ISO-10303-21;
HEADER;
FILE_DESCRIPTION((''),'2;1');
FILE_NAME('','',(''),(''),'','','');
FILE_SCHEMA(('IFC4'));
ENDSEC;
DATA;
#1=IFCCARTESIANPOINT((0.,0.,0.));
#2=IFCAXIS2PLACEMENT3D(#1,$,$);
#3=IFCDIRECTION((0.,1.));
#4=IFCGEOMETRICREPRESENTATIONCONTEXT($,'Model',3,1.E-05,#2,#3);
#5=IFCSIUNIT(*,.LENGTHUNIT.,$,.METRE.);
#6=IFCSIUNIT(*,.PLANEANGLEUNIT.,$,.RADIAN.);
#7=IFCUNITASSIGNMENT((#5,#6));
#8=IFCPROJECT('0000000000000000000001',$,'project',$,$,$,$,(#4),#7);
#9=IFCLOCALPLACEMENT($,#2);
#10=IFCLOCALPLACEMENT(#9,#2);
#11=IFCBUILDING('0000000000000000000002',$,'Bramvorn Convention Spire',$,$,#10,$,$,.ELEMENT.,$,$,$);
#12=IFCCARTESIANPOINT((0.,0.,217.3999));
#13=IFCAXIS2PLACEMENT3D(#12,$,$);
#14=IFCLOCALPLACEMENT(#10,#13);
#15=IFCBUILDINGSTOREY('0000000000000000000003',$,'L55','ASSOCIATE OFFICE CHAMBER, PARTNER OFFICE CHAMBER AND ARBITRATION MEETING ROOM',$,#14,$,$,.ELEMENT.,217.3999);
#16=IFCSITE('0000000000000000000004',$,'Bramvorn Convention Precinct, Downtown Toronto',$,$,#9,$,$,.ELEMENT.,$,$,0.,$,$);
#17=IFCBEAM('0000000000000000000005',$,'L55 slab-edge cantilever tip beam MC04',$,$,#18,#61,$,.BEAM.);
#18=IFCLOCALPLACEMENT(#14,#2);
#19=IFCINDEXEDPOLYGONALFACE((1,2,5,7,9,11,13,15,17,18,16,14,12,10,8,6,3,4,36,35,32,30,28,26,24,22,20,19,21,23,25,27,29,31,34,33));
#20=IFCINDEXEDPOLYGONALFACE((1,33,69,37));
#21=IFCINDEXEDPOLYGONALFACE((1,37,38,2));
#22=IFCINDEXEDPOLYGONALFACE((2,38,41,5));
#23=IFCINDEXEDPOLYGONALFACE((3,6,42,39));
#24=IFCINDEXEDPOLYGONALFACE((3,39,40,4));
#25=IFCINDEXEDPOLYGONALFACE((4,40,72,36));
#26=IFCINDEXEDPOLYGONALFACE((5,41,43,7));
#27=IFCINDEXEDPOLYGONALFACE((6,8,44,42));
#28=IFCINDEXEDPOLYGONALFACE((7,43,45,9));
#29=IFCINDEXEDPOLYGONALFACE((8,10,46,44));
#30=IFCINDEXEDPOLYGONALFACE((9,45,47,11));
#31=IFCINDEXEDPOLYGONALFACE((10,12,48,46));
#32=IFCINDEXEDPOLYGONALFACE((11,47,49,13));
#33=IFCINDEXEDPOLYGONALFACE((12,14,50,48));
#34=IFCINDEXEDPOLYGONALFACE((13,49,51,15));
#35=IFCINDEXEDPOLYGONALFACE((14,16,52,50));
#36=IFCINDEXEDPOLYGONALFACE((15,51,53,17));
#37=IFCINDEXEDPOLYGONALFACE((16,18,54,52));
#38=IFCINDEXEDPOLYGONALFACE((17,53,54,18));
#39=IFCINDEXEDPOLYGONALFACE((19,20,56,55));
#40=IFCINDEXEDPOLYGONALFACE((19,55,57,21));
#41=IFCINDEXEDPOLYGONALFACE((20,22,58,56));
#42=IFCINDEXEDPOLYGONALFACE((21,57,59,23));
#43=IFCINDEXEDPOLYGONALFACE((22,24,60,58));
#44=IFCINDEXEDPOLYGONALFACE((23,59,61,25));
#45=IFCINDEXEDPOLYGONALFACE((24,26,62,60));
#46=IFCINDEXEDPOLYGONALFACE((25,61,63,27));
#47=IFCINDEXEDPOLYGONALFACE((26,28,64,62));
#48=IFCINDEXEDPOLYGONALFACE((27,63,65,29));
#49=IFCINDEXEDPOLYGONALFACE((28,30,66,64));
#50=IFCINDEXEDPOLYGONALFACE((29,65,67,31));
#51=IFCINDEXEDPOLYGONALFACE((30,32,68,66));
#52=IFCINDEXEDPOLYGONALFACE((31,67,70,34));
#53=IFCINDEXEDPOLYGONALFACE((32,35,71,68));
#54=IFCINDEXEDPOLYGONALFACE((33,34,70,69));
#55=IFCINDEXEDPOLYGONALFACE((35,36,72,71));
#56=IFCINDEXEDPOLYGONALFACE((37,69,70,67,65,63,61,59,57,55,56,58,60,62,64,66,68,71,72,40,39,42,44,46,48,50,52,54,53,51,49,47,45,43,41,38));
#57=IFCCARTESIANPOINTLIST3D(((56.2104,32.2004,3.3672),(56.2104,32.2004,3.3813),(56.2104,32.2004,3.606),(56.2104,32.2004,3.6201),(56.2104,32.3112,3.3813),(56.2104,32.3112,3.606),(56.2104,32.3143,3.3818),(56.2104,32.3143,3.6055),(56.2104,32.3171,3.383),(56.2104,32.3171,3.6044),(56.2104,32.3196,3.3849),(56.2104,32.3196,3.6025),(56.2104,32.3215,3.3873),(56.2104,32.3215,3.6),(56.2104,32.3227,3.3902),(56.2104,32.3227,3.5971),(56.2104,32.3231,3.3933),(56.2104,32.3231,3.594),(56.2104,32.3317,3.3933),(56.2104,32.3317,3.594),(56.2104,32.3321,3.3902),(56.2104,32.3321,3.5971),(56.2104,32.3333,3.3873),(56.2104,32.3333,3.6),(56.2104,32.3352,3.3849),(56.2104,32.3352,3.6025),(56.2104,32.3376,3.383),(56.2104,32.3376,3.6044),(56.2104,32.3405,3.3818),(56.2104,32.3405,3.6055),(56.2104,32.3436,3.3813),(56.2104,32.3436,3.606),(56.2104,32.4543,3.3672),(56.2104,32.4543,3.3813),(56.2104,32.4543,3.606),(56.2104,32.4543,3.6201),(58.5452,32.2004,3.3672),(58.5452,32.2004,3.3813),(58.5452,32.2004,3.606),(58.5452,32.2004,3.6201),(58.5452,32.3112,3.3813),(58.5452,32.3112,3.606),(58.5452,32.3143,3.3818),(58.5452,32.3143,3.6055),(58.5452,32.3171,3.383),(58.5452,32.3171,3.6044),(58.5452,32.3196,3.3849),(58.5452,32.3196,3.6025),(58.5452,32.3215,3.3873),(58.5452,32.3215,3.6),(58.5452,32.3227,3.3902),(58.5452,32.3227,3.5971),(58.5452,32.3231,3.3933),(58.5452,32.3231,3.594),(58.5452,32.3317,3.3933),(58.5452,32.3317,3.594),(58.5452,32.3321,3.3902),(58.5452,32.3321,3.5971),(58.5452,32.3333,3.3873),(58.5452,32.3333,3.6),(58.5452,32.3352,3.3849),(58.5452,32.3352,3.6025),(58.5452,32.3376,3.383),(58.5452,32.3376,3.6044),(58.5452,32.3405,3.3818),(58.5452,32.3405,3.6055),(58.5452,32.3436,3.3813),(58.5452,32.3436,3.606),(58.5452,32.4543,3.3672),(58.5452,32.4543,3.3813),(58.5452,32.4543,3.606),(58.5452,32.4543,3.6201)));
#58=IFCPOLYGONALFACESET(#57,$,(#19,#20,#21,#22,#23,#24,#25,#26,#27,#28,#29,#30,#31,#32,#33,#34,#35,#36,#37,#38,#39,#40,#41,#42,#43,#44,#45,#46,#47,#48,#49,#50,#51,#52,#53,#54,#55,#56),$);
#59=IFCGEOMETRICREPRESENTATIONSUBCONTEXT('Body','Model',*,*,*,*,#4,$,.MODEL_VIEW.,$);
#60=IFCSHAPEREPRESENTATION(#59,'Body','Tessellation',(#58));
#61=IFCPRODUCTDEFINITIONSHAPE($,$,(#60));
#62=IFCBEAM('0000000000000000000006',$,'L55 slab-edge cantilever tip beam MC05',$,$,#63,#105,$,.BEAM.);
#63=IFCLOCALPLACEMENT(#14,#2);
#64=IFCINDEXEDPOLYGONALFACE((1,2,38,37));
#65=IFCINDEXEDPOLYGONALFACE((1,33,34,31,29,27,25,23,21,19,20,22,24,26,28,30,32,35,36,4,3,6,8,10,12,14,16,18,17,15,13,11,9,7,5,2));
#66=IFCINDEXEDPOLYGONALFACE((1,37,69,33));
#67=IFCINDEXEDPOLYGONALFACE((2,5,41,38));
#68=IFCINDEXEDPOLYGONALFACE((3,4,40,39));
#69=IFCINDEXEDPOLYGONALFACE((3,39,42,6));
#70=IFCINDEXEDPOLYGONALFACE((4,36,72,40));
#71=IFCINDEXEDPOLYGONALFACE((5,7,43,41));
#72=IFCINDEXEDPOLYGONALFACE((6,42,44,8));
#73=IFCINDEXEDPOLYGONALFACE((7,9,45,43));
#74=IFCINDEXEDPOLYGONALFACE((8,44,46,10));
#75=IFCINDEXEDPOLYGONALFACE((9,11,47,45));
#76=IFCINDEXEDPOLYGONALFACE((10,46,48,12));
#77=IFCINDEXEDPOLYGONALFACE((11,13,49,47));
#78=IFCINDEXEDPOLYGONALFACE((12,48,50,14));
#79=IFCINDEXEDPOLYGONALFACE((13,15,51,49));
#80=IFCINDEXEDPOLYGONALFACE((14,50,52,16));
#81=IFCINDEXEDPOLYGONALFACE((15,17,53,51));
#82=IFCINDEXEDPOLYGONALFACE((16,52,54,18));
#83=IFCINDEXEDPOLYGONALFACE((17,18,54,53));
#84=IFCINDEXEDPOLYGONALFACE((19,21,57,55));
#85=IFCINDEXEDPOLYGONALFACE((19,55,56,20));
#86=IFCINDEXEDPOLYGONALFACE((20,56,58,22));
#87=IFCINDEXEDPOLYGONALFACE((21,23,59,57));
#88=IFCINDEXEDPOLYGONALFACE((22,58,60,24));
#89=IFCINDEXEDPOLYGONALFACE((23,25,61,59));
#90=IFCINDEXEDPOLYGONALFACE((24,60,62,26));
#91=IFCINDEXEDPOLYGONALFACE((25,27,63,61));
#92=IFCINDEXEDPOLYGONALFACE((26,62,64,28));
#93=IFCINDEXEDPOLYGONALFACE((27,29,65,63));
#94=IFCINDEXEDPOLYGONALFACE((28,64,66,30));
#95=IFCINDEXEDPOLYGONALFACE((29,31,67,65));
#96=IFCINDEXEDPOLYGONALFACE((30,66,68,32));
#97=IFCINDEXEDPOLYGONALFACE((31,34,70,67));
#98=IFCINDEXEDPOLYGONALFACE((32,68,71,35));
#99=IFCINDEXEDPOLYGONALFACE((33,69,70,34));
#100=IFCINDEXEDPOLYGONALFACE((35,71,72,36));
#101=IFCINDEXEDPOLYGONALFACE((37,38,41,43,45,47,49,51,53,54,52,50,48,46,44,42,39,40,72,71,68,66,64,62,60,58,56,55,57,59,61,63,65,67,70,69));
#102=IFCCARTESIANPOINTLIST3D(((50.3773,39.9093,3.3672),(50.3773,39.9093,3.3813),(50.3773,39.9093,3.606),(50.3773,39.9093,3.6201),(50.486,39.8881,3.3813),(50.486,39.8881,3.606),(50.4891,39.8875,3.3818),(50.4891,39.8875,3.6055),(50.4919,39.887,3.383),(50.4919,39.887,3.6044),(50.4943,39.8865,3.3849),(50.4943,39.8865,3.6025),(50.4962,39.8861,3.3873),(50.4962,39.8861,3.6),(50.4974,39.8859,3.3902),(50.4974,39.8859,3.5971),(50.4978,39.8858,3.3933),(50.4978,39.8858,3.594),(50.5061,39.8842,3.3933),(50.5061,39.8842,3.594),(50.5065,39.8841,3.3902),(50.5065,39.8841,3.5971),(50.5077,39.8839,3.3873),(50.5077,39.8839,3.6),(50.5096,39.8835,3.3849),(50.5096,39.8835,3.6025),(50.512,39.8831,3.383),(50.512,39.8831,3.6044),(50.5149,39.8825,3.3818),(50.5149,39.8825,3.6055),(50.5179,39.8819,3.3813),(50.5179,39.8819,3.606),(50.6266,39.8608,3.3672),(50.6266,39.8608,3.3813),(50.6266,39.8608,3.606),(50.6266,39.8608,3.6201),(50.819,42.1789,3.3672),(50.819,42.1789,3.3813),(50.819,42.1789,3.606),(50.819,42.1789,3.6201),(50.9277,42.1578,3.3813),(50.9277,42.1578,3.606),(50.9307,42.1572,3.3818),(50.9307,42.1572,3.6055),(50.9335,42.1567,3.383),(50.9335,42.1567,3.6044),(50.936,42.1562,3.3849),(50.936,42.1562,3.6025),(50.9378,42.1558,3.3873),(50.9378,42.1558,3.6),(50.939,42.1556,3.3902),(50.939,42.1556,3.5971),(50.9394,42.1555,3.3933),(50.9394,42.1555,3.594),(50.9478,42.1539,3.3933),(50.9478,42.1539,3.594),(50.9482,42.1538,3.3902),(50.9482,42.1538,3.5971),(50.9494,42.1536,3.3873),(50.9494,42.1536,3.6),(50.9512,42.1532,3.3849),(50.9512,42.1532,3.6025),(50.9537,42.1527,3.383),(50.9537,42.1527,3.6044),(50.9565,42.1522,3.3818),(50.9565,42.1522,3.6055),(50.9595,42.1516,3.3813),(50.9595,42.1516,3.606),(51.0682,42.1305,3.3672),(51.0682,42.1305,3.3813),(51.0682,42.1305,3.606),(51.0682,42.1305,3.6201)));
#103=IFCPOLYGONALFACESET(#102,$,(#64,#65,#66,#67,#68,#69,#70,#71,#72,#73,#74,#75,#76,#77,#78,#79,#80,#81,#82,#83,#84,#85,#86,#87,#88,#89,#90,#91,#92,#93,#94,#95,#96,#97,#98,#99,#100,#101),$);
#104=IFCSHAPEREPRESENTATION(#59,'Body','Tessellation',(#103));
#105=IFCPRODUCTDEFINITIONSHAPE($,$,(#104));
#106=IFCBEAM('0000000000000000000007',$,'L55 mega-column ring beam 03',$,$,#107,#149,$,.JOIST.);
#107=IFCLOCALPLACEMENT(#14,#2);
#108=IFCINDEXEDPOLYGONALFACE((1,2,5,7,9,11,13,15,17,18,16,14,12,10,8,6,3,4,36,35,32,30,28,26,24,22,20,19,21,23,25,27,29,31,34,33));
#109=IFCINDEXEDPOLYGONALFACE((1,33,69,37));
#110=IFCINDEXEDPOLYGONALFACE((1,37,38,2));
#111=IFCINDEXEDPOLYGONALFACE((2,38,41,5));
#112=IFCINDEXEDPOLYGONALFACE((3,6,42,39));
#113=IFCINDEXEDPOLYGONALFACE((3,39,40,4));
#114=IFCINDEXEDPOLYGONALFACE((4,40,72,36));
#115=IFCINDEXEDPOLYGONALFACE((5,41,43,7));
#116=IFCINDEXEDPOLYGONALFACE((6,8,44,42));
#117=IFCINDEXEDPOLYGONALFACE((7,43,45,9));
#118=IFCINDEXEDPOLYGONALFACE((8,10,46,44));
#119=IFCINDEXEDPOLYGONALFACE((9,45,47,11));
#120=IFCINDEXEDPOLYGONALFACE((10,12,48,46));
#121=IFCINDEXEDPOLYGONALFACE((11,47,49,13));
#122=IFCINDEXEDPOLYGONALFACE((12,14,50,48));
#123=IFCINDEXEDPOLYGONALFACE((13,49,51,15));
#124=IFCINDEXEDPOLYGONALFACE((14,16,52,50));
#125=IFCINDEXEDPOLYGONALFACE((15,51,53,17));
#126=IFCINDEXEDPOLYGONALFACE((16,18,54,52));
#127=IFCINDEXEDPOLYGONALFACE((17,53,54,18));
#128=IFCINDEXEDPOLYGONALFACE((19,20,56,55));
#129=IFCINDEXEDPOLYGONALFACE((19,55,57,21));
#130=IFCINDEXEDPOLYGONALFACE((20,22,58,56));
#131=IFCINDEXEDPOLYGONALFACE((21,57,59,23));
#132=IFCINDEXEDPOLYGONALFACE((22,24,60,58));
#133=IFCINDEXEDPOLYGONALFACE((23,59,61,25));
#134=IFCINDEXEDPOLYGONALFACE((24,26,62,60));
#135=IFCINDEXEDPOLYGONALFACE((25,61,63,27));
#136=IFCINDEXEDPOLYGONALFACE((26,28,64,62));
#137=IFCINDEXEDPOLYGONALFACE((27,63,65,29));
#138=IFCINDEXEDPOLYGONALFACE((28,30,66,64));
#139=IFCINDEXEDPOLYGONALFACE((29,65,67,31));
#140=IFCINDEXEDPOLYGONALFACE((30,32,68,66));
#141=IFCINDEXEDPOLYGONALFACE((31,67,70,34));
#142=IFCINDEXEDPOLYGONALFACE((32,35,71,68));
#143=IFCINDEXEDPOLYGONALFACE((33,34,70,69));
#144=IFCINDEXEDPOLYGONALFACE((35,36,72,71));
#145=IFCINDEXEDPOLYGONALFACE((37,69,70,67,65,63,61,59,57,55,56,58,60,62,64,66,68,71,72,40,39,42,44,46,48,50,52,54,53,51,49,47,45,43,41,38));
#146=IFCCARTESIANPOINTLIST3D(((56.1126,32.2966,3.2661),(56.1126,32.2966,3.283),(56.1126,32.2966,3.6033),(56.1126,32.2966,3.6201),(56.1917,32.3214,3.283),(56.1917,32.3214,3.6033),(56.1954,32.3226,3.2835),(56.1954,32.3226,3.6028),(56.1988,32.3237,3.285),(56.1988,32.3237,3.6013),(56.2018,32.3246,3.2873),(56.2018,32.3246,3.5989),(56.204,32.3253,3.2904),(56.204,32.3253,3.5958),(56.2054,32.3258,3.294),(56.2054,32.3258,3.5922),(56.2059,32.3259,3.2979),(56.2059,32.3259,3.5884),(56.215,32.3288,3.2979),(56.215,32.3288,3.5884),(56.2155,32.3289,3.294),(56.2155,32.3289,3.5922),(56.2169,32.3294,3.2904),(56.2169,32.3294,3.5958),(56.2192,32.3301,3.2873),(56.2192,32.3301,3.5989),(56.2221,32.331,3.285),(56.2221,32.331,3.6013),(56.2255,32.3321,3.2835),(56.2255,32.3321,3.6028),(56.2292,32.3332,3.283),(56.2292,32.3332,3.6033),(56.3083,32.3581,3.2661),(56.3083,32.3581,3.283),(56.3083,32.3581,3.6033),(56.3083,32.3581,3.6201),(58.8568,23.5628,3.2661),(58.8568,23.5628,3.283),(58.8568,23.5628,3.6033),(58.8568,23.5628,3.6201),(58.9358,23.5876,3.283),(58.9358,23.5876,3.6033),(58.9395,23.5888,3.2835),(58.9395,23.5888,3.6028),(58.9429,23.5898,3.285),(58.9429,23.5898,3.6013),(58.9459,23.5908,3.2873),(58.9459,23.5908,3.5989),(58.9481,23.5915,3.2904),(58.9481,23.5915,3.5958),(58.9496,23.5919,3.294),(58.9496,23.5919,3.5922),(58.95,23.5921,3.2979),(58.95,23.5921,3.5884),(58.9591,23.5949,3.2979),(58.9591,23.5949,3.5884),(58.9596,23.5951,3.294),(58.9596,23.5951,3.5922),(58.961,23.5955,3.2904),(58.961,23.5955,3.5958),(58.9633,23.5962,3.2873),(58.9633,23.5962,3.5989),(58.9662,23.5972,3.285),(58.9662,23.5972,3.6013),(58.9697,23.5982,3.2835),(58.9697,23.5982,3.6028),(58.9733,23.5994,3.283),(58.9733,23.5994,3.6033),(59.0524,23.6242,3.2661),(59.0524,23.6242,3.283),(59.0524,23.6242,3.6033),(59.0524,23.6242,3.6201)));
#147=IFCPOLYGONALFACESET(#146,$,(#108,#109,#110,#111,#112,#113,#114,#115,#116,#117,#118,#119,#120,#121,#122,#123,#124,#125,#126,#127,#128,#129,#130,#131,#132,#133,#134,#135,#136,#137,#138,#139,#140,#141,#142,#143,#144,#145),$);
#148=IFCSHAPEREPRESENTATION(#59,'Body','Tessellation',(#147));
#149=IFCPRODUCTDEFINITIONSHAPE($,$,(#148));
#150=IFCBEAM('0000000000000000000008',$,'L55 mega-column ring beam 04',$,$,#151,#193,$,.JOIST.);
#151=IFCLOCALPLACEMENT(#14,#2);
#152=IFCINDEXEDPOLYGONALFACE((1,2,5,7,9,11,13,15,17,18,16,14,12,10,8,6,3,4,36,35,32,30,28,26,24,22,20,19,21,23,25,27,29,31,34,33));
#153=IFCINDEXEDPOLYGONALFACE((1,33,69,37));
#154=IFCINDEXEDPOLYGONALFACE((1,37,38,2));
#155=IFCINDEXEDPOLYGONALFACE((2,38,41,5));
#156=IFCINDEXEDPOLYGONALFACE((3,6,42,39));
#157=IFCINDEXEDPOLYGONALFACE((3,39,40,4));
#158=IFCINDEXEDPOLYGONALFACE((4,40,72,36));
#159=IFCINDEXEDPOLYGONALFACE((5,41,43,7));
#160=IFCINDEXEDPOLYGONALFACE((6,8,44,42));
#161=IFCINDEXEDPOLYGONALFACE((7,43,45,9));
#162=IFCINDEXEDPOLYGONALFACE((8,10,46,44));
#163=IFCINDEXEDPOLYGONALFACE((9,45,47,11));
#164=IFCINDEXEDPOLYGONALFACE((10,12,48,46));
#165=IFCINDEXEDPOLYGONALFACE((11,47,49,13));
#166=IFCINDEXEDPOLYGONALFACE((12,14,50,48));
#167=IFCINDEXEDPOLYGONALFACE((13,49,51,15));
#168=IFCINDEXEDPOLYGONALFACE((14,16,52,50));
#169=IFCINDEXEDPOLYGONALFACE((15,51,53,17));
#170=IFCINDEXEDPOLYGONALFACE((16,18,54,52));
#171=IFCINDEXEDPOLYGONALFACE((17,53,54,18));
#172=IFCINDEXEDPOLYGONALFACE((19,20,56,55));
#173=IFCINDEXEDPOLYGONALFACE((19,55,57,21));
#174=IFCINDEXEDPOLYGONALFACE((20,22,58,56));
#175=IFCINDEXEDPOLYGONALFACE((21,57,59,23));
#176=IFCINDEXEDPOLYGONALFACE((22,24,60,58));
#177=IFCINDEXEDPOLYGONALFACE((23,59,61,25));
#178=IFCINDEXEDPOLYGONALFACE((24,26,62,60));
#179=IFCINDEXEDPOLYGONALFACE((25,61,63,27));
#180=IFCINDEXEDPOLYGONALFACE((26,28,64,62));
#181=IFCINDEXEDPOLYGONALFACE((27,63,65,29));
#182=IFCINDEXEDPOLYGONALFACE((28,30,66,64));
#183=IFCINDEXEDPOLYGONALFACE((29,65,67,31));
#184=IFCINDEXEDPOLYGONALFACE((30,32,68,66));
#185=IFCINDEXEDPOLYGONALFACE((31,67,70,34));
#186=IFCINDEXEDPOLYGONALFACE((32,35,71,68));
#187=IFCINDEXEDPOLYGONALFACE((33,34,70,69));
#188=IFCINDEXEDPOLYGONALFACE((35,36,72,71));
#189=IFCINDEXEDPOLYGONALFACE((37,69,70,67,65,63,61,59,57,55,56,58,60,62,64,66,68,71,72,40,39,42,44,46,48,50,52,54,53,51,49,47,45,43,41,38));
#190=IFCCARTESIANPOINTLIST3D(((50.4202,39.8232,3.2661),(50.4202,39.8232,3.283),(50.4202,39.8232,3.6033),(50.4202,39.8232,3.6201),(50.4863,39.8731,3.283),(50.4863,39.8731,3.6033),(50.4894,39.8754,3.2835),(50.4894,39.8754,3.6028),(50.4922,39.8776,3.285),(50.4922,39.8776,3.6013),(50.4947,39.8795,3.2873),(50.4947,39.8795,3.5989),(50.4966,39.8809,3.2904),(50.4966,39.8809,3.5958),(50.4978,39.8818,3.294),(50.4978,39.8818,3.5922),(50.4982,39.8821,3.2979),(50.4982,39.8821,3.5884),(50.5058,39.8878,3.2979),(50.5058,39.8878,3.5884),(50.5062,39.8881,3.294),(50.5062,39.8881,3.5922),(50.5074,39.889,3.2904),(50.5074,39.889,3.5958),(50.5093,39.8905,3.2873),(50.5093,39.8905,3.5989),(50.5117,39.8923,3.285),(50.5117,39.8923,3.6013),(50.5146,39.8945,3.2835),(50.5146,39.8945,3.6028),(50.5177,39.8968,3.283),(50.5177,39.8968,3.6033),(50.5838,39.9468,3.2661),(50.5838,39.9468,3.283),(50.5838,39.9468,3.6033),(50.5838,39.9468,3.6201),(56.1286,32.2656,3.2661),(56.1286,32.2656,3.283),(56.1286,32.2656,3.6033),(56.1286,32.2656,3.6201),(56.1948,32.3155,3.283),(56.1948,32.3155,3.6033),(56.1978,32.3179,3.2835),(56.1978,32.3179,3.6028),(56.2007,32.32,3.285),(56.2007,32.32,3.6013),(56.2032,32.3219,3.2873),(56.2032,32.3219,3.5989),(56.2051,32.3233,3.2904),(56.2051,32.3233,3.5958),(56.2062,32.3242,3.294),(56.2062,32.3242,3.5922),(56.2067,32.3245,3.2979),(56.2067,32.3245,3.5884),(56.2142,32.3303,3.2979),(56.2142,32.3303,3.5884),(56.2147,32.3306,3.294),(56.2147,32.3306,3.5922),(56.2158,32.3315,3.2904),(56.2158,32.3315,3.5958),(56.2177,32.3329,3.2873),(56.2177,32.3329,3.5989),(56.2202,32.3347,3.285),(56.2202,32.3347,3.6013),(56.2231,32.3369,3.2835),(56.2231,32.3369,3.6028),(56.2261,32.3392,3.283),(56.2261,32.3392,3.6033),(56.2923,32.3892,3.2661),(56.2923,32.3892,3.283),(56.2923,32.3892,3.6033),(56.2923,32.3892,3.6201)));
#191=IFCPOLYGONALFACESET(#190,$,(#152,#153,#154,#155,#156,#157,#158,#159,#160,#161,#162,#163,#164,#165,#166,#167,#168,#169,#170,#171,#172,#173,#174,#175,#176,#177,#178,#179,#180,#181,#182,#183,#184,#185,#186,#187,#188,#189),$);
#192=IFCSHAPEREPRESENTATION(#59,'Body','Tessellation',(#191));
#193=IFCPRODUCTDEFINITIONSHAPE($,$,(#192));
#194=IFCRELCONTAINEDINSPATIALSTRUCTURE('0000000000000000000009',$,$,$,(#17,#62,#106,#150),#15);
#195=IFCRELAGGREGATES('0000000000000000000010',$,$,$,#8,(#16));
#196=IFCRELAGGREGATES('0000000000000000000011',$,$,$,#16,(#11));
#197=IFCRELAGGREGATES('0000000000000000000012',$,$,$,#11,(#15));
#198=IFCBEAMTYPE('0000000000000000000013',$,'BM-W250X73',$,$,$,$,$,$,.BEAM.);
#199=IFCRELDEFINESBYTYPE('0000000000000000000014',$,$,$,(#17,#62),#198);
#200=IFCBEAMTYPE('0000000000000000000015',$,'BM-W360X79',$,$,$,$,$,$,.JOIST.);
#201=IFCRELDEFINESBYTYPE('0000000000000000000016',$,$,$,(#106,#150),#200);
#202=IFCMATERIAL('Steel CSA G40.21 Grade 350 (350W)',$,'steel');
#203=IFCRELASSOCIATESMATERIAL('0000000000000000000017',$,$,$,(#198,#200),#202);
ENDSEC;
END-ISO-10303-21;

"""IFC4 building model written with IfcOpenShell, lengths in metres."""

from ifc_helpers import new_model, si_unit, direction, frame, origin, origin_2d, place, context, subcontext, project, spatial, i_section, extrude, material, material_profile, profile_set, type_object, element, save


model = new_model("IFC4")

# Units and contexts
model_context = context("Model", 3, precision=1e-05, world=origin(), true_north=direction((0.0, 1.0)))
body_context = subcontext(model_context, "Body", "Model", "MODEL_VIEW")
ifc_project = project(units=[si_unit("LENGTHUNIT", "METRE"), si_unit("PLANEANGLEUNIT", "RADIAN")], contexts=[model_context])

# Site, building, storey
site_placement = place(None, origin())
site = spatial("IfcSite", under=ifc_project, at=site_placement, Name="Bramvorn Convention Precinct, Downtown Toronto", CompositionType="ELEMENT", RefElevation=0.0)
building_placement = place(site_placement, origin())
building = spatial("IfcBuilding", under=site, at=building_placement, Name="Bramvorn Convention Spire", CompositionType="ELEMENT")
storey_placement = place(building_placement, frame((0.0, 0.0, 217.3999)))
storey = spatial("IfcBuildingStorey", under=building, at=storey_placement, Name="L55", Description="ASSOCIATE OFFICE CHAMBER, PARTNER OFFICE CHAMBER AND ARBITRATION MEETING ROOM", CompositionType="ELEMENT", Elevation=217.3999)

# Shared definitions
ifc_material_1 = material(Name="Steel CSA G40.21 Grade 350 (350W)", Category="steel")

# Beams
ifc_material_profile_1 = material_profile(ifc_material_1, i_section(OverallWidth=0.2539, OverallDepth=0.2529, WebThickness=0.0085, FlangeThickness=0.0142, FilletRadius=0.012, at=origin_2d()))
ifc_profile_set_1 = profile_set([ifc_material_profile_1], Name="Steel CSA G40.21 Grade 350 (350W) - W250X73")
beam_type_1 = type_object("IfcBeamType", Name="BM-W250X73", PredefinedType="BEAM", material=ifc_profile_set_1)
beam_1_placement = place(storey_placement, frame((56.2104, 32.3274, 3.4937), z_axis=(1.0, 0.0, 0.0), x_axis=(0.0, 1.0, 0.0)))
element("IfcBeam", 1, at=beam_1_placement, inside=storey, type_object=beam_type_1, Name="L55 slab-edge cantilever tip beam MC04", PredefinedType="BEAM", context=body_context, shape_type="SweptSolid", body=[
    extrude(i_section(OverallWidth=0.2539, OverallDepth=0.2529, WebThickness=0.0085, FlangeThickness=0.0142, FilletRadius=0.012, at=origin_2d()), origin(), (0.0, 0.0, 1.0), 2.3347),
])
beam_2_placement = place(storey_placement, frame((50.502, 39.885, 3.4937), z_axis=(0.190997, 0.981591, 0.0), x_axis=(-0.981591, 0.190997, 0.0)))
element("IfcBeam", 2, at=beam_2_placement, inside=storey, type_object=beam_type_1, Name="L55 slab-edge cantilever tip beam MC05", PredefinedType="BEAM", context=body_context, shape_type="SweptSolid", body=[
    extrude(i_section(OverallWidth=0.2539, OverallDepth=0.2529, WebThickness=0.0085, FlangeThickness=0.0142, FilletRadius=0.012, at=origin_2d()), origin(), (0.0, 0.0, 1.0), 2.3123),
])
ifc_material_profile_2 = material_profile(ifc_material_1, i_section(OverallWidth=0.2051, OverallDepth=0.354, WebThickness=0.0095, FlangeThickness=0.0168, FilletRadius=0.0149, at=origin_2d()))
ifc_profile_set_2 = profile_set([ifc_material_profile_2], Name="Steel CSA G40.21 Grade 350 (350W) - W360X79")
beam_type_2 = type_object("IfcBeamType", Name="BM-W360X79", PredefinedType="JOIST", material=ifc_profile_set_2)
beam_3_placement = place(storey_placement, frame((58.9546, 23.5935, 3.4431), z_axis=(-0.299748, 0.954019, 0.0), x_axis=(-0.954019, -0.299748, 0.0)))
element("IfcBeam", 3, at=beam_3_placement, inside=storey, type_object=beam_type_2, Name="L55 mega-column ring beam 03", PredefinedType="JOIST", context=body_context, shape_type="SweptSolid", body=[
    extrude(i_section(OverallWidth=0.2051, OverallDepth=0.354, WebThickness=0.0095, FlangeThickness=0.0168, FilletRadius=0.0149, at=origin_2d()), origin(), (0.0, 0.0, 1.0), 9.1548),
])
for number, where, z_axis, x_axis, name in (
    (4, (56.2104, 32.3274, 3.4431), (-0.602719, 0.797954, 0.0), (-0.797954, -0.602719, 0.0), "L55 mega-column ring beam 04"),
):
    element("IfcBeam", number, at=place(storey_placement, frame(where, z_axis=z_axis, x_axis=x_axis)), inside=storey, type_object=beam_type_2, Name=name, PredefinedType="JOIST", context=body_context, shape_type="SweptSolid", body=[
        extrude(i_section(OverallWidth=0.2051, OverallDepth=0.354, WebThickness=0.0095, FlangeThickness=0.0168, FilletRadius=0.0149, at=origin_2d()), origin(), (0.0, 0.0, 1.0), 9.4712),
    ])

save(model, "model.ifc")
